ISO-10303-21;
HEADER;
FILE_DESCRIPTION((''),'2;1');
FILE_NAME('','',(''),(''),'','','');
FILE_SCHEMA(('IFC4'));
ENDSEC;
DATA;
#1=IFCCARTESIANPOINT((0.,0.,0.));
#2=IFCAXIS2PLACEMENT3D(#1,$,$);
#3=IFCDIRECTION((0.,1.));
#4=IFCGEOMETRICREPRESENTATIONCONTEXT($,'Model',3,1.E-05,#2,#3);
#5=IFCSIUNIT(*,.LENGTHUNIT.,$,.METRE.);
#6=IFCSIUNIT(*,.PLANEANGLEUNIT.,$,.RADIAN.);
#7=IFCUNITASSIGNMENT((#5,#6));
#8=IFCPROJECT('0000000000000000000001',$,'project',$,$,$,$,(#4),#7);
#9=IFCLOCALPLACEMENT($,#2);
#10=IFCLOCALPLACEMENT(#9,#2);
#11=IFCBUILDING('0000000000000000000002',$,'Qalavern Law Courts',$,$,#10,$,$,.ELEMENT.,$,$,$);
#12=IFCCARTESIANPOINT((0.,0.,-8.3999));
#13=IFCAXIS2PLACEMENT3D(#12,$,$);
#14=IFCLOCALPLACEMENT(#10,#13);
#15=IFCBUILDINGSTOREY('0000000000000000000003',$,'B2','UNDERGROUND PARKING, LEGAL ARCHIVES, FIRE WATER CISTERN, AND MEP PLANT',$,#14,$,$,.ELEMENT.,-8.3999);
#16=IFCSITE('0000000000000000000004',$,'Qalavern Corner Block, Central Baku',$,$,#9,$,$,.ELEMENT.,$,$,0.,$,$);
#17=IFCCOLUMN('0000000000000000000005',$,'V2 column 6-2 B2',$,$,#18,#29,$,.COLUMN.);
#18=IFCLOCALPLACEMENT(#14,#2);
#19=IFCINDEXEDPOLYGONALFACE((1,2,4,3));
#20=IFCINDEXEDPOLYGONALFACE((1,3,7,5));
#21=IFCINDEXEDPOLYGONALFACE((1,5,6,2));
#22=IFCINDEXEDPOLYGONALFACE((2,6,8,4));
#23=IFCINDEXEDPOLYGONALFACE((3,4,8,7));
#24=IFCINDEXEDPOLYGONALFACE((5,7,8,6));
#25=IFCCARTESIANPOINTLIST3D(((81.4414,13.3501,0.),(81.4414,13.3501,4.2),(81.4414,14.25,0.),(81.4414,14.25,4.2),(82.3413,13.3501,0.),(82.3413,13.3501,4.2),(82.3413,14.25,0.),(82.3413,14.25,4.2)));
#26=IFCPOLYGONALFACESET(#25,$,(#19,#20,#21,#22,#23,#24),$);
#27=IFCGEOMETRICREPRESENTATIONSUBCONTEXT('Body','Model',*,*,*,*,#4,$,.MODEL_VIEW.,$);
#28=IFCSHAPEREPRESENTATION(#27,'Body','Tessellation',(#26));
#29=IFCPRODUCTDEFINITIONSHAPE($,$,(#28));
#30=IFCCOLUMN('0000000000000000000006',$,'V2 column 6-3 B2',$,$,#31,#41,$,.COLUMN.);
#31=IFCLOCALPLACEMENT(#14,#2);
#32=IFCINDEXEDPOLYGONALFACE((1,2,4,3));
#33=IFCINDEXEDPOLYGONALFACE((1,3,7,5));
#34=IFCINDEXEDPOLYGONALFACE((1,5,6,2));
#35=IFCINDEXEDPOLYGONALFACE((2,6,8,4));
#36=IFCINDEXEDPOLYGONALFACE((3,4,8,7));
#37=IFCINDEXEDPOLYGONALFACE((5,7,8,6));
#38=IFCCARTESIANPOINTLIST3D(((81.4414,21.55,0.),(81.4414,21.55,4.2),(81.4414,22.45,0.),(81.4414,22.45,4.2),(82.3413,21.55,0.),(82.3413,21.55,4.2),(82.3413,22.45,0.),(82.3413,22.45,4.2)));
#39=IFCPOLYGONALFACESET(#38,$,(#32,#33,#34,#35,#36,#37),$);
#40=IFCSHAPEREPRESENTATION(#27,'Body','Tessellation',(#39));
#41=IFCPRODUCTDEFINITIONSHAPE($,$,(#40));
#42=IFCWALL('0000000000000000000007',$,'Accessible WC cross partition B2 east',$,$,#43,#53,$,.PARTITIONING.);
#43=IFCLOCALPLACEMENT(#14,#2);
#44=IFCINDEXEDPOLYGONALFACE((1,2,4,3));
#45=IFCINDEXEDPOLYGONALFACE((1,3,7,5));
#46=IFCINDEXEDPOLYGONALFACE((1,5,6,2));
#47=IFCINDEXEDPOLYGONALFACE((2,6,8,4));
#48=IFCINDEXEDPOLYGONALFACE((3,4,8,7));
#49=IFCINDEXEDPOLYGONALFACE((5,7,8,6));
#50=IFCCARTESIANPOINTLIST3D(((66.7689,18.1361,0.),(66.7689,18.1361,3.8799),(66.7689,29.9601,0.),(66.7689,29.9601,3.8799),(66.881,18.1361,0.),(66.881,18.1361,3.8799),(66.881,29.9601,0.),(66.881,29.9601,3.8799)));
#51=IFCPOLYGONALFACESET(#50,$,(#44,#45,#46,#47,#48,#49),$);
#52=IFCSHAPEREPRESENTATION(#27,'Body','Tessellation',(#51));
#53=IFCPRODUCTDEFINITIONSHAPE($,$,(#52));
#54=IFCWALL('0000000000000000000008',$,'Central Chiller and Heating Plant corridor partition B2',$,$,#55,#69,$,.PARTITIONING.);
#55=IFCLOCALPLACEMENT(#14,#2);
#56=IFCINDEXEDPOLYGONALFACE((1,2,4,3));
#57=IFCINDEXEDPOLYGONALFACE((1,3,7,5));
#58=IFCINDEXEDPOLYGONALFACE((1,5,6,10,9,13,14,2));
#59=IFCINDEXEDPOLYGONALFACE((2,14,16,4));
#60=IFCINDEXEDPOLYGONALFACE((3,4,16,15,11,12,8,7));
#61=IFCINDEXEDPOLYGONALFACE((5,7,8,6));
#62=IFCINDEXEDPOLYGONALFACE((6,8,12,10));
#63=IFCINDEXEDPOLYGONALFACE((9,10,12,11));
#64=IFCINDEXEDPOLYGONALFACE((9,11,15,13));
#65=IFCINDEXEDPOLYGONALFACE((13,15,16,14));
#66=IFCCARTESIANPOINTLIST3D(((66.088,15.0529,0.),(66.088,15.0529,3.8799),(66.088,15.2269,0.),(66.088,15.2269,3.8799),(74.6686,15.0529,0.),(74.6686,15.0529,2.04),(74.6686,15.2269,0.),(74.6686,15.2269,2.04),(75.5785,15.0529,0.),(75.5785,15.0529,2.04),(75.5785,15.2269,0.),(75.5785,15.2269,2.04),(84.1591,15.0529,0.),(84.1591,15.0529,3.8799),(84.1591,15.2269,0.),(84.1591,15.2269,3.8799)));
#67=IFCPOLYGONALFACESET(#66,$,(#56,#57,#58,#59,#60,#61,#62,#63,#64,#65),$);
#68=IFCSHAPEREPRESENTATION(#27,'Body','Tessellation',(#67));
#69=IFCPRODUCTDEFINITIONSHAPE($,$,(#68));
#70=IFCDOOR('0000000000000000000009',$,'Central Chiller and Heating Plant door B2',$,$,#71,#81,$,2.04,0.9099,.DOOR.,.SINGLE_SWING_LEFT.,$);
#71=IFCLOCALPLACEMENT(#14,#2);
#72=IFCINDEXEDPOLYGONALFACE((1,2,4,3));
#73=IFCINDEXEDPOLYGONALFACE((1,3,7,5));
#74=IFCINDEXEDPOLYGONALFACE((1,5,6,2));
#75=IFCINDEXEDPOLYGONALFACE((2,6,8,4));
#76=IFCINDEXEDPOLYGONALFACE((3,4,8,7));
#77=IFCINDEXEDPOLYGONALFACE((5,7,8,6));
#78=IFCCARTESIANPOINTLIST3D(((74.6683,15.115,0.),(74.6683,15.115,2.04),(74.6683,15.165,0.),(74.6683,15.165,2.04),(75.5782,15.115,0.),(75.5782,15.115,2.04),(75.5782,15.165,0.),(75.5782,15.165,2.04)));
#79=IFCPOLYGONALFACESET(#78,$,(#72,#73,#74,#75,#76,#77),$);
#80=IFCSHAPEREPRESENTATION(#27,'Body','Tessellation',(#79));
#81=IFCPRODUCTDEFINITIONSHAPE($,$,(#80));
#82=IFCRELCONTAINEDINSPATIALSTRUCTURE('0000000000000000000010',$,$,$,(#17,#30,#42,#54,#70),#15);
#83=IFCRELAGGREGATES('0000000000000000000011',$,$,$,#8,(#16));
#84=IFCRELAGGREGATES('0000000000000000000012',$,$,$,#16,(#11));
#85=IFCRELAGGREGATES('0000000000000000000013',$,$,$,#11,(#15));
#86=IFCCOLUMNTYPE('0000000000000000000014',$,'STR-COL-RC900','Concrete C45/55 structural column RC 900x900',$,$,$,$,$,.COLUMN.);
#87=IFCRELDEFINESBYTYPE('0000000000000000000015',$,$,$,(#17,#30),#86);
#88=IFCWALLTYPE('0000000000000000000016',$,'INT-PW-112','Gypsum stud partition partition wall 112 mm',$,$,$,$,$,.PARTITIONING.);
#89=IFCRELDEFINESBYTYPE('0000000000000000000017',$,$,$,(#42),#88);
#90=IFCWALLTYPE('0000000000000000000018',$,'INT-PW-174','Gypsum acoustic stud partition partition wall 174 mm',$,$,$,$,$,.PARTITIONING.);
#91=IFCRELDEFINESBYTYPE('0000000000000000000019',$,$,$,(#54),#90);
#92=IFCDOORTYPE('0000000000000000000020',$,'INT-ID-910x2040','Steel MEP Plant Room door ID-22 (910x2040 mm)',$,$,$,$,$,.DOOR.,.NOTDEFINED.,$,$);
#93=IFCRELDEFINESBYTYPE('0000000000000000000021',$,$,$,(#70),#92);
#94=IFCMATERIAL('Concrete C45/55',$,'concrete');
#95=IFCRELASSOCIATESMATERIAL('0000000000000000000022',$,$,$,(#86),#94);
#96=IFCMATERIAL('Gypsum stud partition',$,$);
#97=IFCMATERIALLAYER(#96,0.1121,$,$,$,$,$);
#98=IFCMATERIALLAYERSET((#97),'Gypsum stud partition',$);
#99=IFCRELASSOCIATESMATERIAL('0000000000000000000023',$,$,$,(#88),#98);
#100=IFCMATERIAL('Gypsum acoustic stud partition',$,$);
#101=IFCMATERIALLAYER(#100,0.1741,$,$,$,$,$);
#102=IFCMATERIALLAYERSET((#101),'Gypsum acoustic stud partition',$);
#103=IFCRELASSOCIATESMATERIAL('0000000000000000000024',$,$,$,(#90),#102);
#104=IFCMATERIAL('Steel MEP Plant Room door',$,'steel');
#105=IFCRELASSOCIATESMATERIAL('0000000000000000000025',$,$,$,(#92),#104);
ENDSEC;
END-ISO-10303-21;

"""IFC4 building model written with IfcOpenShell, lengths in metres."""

from ifc_helpers import new_model, si_unit, direction, frame, frame_2d, origin, origin_2d, place, context, subcontext, project, spatial, rectangle, extrude, material, layer, layer_set, material_profile, profile_set, type_object, element, fill, save


model = new_model("IFC4")

# Units and contexts
model_context = context("Model", 3, precision=1e-05, world=origin(), true_north=direction((0.0, 1.0)))
body_context = subcontext(model_context, "Body", "Model", "MODEL_VIEW")
ifc_project = project(units=[si_unit("LENGTHUNIT", "METRE"), si_unit("PLANEANGLEUNIT", "RADIAN")], contexts=[model_context])

# Site, building, storey
site_placement = place(None, origin())
site = spatial("IfcSite", under=ifc_project, at=site_placement, Name="Qalavern Corner Block, Central Baku", CompositionType="ELEMENT", RefElevation=0.0)
building_placement = place(site_placement, origin())
building = spatial("IfcBuilding", under=site, at=building_placement, Name="Qalavern Law Courts", CompositionType="ELEMENT")
storey_placement = place(building_placement, frame((0.0, 0.0, -8.3999)))
storey = spatial("IfcBuildingStorey", under=building, at=storey_placement, Name="B2", Description="UNDERGROUND PARKING, LEGAL ARCHIVES, FIRE WATER CISTERN, AND MEP PLANT", CompositionType="ELEMENT", Elevation=-8.3999)

# Columns
ifc_material_1 = material(Name="Concrete C45/55", Category="concrete")
ifc_material_profile_1 = material_profile(ifc_material_1, rectangle(XDim=0.8999, YDim=0.8999, at=origin_2d()), Name="RC 900x900")
ifc_profile_set_1 = profile_set([ifc_material_profile_1], Name="Concrete C45/55")
column_type = type_object("IfcColumnType", Name="STR-COL-RC900", Description="Concrete C45/55 structural column RC 900x900", PredefinedType="COLUMN", material=ifc_profile_set_1)
for number, where, z_axis, x_axis, name in (
    (1, (81.8914, 13.8, 0.0), (0.0, 0.0, 1.0), (1.0, 0.0, 0.0), "V2 column 6-2 B2"),
    (2, (81.8914, 22.0, 0.0), (0.0, 0.0, 1.0), (1.0, 0.0, 0.0), "V2 column 6-3 B2"),
):
    element("IfcColumn", number, at=place(storey_placement, frame(where, z_axis=z_axis, x_axis=x_axis)), inside=storey, type_object=column_type, Name=name, PredefinedType="COLUMN", context=body_context, shape_type="SweptSolid", body=[
        extrude(rectangle(XDim=0.8999, YDim=0.8999, at=origin_2d()), origin(), (0.0, 0.0, 1.0), 4.2),
    ])

# Wall
ifc_material_2 = material(Name="Gypsum stud partition")
ifc_layer_1 = layer(ifc_material_2, 0.1121)
ifc_layer_set_1 = layer_set([ifc_layer_1], Name="Gypsum stud partition")
wall_type_1 = type_object("IfcWallType", Name="INT-PW-112", Description="Gypsum stud partition partition wall 112 mm", PredefinedType="PARTITIONING", material=ifc_layer_set_1)
wall_1_placement = place(storey_placement, frame((66.825, 18.136, 0.0), z_axis=(0.0, 0.0, 1.0), x_axis=(0.0, 1.0, 0.0)))
element("IfcWall", 3, at=wall_1_placement, inside=storey, type_object=wall_type_1, Name="Accessible WC cross partition B2 east", PredefinedType="PARTITIONING", context=body_context, shape_type="SweptSolid", body=[
    extrude(rectangle(XDim=11.824, YDim=0.1121, at=frame_2d((5.9121, 0.0))), origin(), (0.0, 0.0, 1.0), 3.8799),
])

# Wall, opening, door
ifc_material_3 = material(Name="Gypsum acoustic stud partition")
ifc_layer_2 = layer(ifc_material_3, 0.1741)
ifc_layer_set_2 = layer_set([ifc_layer_2], Name="Gypsum acoustic stud partition")
wall_type_2 = type_object("IfcWallType", Name="INT-PW-174", Description="Gypsum acoustic stud partition partition wall 174 mm", PredefinedType="PARTITIONING", material=ifc_layer_set_2)
wall_2_placement = place(storey_placement, frame((66.0879, 15.1399, 0.0), z_axis=(0.0, 0.0, 1.0), x_axis=(1.0, 0.0, 0.0)))
wall_2 = element("IfcWall", 4, at=wall_2_placement, inside=storey, type_object=wall_type_2, Name="Central Chiller and Heating Plant corridor partition B2", PredefinedType="PARTITIONING", context=body_context, shape_type="SweptSolid", body=[
    extrude(rectangle(XDim=18.071, YDim=0.1741, at=frame_2d((9.0356, 0.0))), origin(), (0.0, 0.0, 1.0), 3.8799),
])
opening_placement = place(wall_2_placement, frame((8.5806, 0.0, 0.0)))
opening = element("IfcOpeningElement", 5, at=opening_placement, cuts=wall_2, PredefinedType="OPENING", context=body_context, shape_type="SweptSolid", body=[
    extrude(rectangle(XDim=0.9099, YDim=2.04, at=frame_2d((0.4551, 1.02))), frame((0.0, 0.1021, 0.0), z_axis=(0.0, -1.0, 0.0), x_axis=(1.0, 0.0, 0.0)), (0.0, 0.0, 1.0), 0.2039),
])
ifc_material_4 = material(Name="Steel MEP Plant Room door", Category="steel")
door_type = type_object("IfcDoorType", Name="INT-ID-910x2040", Description="Steel MEP Plant Room door ID-22 (910x2040 mm)", OperationType="NOTDEFINED", PredefinedType="DOOR", material=ifc_material_4)
door_placement = place(opening_placement, frame((0.9099, 0.0, 0.0), z_axis=(0.0, 0.0, 1.0), x_axis=(-1.0, 0.0, 0.0)))
door = element("IfcDoor", 6, at=door_placement, inside=storey, type_object=door_type, Name="Central Chiller and Heating Plant door B2", OperationType="SINGLE_SWING_LEFT", OverallHeight=2.04, OverallWidth=0.9099, PredefinedType="DOOR", context=body_context, shape_type="SweptSolid", body=[
    extrude(rectangle(XDim=0.9099, YDim=2.04, at=frame_2d((0.4551, 1.02))), frame((0.0, 0.0249, 0.0), z_axis=(0.0, -1.0, 0.0), x_axis=(1.0, 0.0, 0.0)), (0.0, 0.0, 1.0), 0.05),
])
fill(opening, door)

save(model, "model.ifc")
